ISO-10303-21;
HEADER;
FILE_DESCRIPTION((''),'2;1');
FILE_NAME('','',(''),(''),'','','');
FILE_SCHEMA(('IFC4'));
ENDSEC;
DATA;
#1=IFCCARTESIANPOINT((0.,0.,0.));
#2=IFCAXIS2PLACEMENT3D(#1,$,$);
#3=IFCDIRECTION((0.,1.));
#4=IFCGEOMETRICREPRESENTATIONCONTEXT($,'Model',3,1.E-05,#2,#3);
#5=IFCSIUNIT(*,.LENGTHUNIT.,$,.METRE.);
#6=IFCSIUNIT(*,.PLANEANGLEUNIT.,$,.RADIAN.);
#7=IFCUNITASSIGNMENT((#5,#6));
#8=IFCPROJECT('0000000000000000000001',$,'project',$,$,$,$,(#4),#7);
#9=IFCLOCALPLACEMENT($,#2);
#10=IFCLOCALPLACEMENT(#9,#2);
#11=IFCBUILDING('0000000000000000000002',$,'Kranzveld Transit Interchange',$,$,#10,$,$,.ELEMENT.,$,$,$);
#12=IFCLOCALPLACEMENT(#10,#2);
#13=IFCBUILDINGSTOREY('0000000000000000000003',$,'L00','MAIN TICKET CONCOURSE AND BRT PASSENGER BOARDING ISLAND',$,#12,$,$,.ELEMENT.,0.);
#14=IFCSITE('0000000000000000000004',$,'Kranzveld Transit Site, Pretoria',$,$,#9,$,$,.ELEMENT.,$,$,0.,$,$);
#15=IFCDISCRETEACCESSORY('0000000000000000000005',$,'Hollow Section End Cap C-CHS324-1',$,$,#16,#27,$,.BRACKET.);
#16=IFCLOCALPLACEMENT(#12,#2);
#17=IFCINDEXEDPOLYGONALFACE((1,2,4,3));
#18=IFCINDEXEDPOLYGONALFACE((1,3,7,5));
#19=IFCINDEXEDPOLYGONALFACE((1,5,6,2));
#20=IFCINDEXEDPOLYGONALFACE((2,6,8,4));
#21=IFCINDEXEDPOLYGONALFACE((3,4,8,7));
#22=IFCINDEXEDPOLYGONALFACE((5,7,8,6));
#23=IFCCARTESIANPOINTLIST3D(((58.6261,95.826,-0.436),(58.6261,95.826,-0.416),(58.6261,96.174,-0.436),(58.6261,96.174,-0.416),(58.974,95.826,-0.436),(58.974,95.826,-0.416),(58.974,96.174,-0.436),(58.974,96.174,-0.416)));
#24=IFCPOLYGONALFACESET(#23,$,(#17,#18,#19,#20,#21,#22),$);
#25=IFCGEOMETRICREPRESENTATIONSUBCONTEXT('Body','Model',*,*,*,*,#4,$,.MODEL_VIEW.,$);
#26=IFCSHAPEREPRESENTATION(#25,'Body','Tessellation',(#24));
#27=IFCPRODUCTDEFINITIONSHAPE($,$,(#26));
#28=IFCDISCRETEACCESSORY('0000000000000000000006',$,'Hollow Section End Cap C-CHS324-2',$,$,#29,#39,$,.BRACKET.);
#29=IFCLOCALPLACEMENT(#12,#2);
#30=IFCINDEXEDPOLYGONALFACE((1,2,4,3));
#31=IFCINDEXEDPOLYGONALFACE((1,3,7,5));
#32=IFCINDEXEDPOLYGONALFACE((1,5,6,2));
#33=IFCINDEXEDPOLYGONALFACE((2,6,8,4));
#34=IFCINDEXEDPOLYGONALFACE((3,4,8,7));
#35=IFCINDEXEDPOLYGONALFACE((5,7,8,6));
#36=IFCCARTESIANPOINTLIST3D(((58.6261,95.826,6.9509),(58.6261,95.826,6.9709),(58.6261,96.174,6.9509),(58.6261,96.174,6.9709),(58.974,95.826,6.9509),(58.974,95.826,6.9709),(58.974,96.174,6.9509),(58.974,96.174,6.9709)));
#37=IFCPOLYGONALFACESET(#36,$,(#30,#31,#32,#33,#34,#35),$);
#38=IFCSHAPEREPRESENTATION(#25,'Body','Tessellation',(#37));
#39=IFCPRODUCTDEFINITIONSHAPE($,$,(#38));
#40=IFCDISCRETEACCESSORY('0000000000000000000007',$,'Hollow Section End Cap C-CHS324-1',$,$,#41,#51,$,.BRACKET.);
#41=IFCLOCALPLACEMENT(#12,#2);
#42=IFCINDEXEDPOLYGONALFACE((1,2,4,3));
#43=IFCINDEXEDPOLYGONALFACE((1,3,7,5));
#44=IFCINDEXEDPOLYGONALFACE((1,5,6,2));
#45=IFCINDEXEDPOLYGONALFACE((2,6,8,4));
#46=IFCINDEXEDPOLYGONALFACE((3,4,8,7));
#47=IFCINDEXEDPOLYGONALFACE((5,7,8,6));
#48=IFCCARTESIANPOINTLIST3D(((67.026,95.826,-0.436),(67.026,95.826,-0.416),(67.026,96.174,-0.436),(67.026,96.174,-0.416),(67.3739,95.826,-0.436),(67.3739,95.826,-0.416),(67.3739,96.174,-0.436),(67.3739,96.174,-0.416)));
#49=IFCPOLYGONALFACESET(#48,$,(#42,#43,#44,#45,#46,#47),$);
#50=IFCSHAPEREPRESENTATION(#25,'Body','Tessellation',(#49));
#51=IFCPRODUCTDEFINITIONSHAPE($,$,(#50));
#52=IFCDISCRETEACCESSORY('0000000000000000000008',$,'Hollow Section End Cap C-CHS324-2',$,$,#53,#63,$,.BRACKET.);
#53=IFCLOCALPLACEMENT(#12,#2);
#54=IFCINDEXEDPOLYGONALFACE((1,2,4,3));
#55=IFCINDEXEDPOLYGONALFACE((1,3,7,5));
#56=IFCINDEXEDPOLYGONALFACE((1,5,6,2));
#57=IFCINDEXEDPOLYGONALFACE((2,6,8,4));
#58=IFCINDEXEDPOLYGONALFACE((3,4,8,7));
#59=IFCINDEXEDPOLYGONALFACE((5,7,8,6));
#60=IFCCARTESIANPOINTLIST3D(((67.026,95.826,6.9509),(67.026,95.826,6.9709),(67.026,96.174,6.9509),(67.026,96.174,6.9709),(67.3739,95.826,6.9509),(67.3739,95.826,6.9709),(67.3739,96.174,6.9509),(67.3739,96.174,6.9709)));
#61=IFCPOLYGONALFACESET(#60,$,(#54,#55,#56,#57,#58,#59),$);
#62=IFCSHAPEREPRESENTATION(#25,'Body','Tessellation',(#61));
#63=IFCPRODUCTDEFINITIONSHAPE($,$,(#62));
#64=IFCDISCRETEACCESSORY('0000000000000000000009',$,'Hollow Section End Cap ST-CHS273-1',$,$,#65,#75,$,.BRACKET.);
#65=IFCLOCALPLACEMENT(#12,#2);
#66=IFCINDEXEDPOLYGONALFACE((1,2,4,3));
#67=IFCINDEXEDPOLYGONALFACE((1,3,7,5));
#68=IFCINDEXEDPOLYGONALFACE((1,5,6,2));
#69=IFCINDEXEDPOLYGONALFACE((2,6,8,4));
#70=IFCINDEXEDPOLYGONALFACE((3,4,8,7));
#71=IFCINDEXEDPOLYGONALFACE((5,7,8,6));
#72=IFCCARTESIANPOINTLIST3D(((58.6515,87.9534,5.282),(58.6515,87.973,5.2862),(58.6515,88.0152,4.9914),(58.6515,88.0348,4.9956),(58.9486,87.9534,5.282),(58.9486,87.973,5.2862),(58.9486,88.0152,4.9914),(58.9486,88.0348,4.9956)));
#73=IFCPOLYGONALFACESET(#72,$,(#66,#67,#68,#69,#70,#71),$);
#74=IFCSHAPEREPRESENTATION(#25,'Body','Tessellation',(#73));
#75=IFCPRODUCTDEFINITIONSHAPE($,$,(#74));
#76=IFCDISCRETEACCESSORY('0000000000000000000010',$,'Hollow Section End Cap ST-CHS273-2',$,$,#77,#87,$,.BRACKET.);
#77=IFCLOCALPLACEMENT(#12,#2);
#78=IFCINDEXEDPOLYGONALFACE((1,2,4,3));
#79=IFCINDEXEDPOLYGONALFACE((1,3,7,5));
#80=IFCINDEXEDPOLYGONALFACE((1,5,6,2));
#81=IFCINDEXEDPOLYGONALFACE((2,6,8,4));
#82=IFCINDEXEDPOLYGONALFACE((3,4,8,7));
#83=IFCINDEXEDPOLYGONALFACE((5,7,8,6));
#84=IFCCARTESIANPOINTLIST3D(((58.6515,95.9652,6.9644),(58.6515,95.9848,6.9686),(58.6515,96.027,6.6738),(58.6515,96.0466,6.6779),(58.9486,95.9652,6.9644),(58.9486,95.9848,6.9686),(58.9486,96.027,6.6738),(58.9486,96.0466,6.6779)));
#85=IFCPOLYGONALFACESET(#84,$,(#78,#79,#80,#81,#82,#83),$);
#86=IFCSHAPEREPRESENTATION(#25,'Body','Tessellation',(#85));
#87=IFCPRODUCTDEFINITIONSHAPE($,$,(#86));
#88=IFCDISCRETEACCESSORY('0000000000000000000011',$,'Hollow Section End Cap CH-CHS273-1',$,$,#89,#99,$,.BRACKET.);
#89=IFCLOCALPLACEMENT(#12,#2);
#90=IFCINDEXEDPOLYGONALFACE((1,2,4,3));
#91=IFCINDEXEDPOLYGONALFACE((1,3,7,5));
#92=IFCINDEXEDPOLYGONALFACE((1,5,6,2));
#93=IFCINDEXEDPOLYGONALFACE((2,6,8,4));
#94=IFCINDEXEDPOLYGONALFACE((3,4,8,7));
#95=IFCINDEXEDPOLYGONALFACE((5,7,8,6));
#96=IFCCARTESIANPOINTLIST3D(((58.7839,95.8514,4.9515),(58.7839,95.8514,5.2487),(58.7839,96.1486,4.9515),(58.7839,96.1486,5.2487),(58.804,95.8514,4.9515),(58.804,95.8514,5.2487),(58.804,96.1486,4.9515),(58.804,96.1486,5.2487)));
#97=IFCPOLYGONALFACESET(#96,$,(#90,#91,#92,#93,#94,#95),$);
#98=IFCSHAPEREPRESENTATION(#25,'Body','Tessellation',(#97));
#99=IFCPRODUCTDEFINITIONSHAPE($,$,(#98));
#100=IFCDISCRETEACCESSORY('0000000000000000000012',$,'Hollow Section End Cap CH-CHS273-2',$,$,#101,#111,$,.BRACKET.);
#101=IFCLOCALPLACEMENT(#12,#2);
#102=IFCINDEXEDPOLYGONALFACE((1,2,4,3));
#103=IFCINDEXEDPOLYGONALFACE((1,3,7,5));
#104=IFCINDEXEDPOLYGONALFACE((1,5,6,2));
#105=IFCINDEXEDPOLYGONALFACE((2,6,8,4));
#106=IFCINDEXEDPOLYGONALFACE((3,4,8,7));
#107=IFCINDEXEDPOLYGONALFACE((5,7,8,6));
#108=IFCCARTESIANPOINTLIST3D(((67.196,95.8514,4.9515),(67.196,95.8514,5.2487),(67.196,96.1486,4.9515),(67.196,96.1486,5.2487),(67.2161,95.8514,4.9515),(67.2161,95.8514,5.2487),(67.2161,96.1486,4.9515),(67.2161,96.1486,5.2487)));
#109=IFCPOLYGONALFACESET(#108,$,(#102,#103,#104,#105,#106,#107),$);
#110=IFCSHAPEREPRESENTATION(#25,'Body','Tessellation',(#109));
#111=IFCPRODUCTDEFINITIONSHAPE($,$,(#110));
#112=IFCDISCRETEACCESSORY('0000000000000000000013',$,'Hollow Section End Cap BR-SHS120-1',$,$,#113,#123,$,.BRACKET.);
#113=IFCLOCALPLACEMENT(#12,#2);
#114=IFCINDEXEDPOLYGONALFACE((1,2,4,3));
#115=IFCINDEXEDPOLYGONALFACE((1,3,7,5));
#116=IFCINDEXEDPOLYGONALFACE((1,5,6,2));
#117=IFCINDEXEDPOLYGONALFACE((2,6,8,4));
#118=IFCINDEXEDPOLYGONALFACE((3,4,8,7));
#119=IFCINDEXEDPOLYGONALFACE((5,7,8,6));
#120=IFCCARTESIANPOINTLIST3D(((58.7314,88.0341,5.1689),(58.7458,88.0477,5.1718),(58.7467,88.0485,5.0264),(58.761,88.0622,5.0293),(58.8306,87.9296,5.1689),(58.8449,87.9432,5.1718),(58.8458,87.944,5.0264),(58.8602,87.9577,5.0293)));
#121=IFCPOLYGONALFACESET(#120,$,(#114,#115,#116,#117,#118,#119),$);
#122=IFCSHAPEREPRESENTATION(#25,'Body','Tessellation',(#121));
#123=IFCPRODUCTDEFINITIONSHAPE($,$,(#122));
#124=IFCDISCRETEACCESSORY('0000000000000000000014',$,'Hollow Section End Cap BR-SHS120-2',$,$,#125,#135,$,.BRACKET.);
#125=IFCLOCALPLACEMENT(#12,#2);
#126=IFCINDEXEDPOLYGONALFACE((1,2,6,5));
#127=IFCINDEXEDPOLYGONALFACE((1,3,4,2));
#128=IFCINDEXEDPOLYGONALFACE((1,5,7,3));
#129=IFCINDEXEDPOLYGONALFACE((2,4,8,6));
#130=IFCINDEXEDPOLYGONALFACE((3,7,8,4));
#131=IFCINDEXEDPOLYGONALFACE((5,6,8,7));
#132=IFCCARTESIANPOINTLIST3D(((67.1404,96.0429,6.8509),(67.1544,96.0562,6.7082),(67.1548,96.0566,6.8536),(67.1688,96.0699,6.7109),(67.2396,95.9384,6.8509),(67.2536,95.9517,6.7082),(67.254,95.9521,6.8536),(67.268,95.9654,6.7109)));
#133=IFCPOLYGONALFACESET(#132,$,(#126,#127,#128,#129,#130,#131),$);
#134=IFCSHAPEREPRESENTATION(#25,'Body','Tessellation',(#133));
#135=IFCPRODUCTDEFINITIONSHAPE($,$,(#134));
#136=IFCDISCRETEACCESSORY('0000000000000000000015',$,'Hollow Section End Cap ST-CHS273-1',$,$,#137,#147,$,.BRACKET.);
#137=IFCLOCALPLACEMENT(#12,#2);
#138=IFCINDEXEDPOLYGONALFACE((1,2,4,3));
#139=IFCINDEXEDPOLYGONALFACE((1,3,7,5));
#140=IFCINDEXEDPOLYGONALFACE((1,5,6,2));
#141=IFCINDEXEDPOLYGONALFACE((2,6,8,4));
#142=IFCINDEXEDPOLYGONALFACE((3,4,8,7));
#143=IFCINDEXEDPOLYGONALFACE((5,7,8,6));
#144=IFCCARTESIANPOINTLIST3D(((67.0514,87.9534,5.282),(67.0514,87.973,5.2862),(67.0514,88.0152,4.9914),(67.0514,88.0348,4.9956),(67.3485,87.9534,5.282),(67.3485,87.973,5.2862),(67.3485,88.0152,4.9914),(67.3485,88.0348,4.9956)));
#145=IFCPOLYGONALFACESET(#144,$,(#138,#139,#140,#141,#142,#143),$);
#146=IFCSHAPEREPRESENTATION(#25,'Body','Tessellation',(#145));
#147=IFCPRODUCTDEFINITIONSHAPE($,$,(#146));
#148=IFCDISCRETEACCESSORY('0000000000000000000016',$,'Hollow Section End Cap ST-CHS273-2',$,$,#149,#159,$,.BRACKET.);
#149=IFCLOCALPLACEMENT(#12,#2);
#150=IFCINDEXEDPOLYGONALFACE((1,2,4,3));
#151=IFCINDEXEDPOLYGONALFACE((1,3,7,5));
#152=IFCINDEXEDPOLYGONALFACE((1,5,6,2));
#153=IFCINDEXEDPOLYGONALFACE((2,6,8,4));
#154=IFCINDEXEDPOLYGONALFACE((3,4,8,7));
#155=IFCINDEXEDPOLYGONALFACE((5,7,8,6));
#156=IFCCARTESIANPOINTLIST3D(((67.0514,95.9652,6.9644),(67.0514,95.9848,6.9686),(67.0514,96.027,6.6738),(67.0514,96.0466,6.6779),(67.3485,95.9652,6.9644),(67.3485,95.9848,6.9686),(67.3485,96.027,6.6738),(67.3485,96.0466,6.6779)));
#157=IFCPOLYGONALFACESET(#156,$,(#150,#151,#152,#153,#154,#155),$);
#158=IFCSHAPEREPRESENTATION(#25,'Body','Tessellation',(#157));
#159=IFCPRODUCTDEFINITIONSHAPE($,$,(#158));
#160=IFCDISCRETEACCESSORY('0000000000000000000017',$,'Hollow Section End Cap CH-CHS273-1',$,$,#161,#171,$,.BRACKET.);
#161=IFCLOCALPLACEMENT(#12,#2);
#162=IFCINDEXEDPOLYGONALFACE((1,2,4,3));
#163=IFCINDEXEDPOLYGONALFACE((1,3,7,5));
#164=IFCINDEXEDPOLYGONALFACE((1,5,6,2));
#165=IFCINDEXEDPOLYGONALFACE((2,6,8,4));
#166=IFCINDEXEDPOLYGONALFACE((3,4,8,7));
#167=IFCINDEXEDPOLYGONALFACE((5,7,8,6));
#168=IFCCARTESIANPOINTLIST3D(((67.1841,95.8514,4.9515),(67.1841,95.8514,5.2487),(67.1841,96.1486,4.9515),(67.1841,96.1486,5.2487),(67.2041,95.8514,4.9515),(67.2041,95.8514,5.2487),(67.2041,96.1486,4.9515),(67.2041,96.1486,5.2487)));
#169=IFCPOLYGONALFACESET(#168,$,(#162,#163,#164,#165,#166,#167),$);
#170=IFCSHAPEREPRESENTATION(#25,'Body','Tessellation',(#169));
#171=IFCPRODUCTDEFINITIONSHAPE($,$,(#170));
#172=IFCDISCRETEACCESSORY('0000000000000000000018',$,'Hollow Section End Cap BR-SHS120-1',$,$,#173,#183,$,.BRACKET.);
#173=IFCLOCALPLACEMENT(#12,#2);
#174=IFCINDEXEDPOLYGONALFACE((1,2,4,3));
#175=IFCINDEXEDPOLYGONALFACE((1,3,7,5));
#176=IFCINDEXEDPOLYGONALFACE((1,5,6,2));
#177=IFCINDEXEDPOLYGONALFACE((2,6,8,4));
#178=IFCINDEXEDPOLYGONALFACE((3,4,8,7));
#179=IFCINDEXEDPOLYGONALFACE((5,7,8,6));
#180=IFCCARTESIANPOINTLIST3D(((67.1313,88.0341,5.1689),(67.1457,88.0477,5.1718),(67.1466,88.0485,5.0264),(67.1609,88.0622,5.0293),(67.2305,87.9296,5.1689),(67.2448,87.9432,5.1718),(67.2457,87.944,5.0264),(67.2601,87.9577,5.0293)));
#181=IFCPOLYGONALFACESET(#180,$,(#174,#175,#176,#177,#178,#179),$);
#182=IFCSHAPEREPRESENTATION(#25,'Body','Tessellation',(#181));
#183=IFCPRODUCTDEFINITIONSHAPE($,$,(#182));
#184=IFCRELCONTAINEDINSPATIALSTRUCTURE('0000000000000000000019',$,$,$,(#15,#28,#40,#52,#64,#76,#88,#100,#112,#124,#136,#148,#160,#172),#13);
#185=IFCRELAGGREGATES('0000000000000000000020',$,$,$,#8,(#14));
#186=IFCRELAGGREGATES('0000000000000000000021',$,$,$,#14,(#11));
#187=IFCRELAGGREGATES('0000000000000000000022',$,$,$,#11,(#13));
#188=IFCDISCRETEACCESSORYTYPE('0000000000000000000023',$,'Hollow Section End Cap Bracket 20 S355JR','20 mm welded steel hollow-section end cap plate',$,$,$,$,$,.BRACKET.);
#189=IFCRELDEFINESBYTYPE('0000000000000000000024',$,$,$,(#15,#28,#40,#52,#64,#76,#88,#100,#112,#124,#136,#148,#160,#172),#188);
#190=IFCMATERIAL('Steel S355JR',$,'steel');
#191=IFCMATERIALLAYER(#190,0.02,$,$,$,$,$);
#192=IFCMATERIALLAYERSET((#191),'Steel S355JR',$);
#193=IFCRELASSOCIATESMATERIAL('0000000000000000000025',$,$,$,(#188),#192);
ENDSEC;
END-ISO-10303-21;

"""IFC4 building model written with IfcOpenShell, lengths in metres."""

from ifc_helpers import new_model, si_unit, direction, frame, origin, origin_2d, place, context, subcontext, project, spatial, rectangle, extrude, material, layer, layer_set, type_object, element, save


model = new_model("IFC4")

# Units and contexts
model_context = context("Model", 3, precision=1e-05, world=origin(), true_north=direction((0.0, 1.0)))
body_context = subcontext(model_context, "Body", "Model", "MODEL_VIEW")
ifc_project = project(units=[si_unit("LENGTHUNIT", "METRE"), si_unit("PLANEANGLEUNIT", "RADIAN")], contexts=[model_context])

# Site, building, storey
site_placement = place(None, origin())
site = spatial("IfcSite", under=ifc_project, at=site_placement, Name="Kranzveld Transit Site, Pretoria", CompositionType="ELEMENT", RefElevation=0.0)
building_placement = place(site_placement, origin())
building = spatial("IfcBuilding", under=site, at=building_placement, Name="Kranzveld Transit Interchange", CompositionType="ELEMENT")
storey_placement = place(building_placement, origin())
storey = spatial("IfcBuildingStorey", under=building, at=storey_placement, Name="L00", Description="MAIN TICKET CONCOURSE AND BRT PASSENGER BOARDING ISLAND", CompositionType="ELEMENT", Elevation=0.0)

# Discrete accessories
ifc_material_1 = material(Name="Steel S355JR", Category="steel")
ifc_layer_1 = layer(ifc_material_1, 0.02)
ifc_layer_set_1 = layer_set([ifc_layer_1], Name="Steel S355JR")
discrete_accessory_type = type_object("IfcDiscreteAccessoryType", Name="Hollow Section End Cap Bracket 20 S355JR", Description="20 mm welded steel hollow-section end cap plate", PredefinedType="BRACKET", material=ifc_layer_set_1)
for number, where, z_axis, x_axis, name in (
    (1, (58.8, 96.0, -0.416), (0.0, 0.0, -1.0), (1.0, 0.0, 0.0), "Hollow Section End Cap C-CHS324-1"),
    (2, (58.8, 96.0, 6.9509), (0.0, 0.0, 1.0), (1.0, 0.0, 0.0), "Hollow Section End Cap C-CHS324-2"),
    (3, (67.2, 96.0, -0.416), (0.0, 0.0, -1.0), (1.0, 0.0, 0.0), "Hollow Section End Cap C-CHS324-1"),
    (4, (67.2, 96.0, 6.9509), (0.0, 0.0, 1.0), (1.0, 0.0, 0.0), "Hollow Section End Cap C-CHS324-2"),
):
    element("IfcDiscreteAccessory", number, at=place(storey_placement, frame(where, z_axis=z_axis, x_axis=x_axis)), inside=storey, type_object=discrete_accessory_type, Name=name, PredefinedType="BRACKET", context=body_context, shape_type="SweptSolid", body=[
        extrude(rectangle(XDim=0.3479, YDim=0.3479, at=origin_2d()), origin(), (0.0, 0.0, 1.0), 0.02),
    ])
for number, where, z_axis, x_axis, name in (
    (5, (58.8, 88.0039, 5.1409), (0.0, -0.978159, -0.207859), (1.0, 0.0, 0.0), "Hollow Section End Cap ST-CHS273-1"),
    (6, (58.8, 95.9961, 6.8191), (0.0, 0.978159, 0.207859), (-1.0, 0.0, 0.0), "Hollow Section End Cap ST-CHS273-2"),
    (7, (58.804, 96.0, 5.1001), (-1.0, 0.0, 0.0), (0.0, -1.0, 0.0), "Hollow Section End Cap CH-CHS273-1"),
    (8, (67.196, 96.0, 5.1001), (1.0, 0.0, 0.0), (0.0, 1.0, 0.0), "Hollow Section End Cap CH-CHS273-2"),
):
    element("IfcDiscreteAccessory", number, at=place(storey_placement, frame(where, z_axis=z_axis, x_axis=x_axis)), inside=storey, type_object=discrete_accessory_type, Name=name, PredefinedType="BRACKET", context=body_context, shape_type="SweptSolid", body=[
        extrude(rectangle(XDim=0.2971, YDim=0.2971, at=origin_2d()), origin(), (0.0, 0.0, 1.0), 0.02),
    ])
for number, where, z_axis, x_axis, name in (
    (9, (58.803, 88.0027, 5.1006), (-0.717541, -0.681056, -0.14594), (0.688426, -0.725306, 0.0), "Hollow Section End Cap BR-SHS120-1"),
    (10, (67.197, 95.9973, 6.7795), (0.718764, 0.682217, 0.134007), (-0.688426, 0.725306, 0.0), "Hollow Section End Cap BR-SHS120-2"),
):
    element("IfcDiscreteAccessory", number, at=place(storey_placement, frame(where, z_axis=z_axis, x_axis=x_axis)), inside=storey, type_object=discrete_accessory_type, Name=name, PredefinedType="BRACKET", context=body_context, shape_type="SweptSolid", body=[
        extrude(rectangle(XDim=0.144, YDim=0.144, at=origin_2d()), origin(), (0.0, 0.0, 1.0), 0.02),
    ])
for number, where, z_axis, x_axis, name in (
    (11, (67.2, 88.0039, 5.1409), (0.0, -0.978159, -0.207859), (1.0, 0.0, 0.0), "Hollow Section End Cap ST-CHS273-1"),
    (12, (67.2, 95.9961, 6.8191), (0.0, 0.978159, 0.207859), (-1.0, 0.0, 0.0), "Hollow Section End Cap ST-CHS273-2"),
    (13, (67.2041, 96.0, 5.1001), (-1.0, 0.0, 0.0), (0.0, -1.0, 0.0), "Hollow Section End Cap CH-CHS273-1"),
):
    element("IfcDiscreteAccessory", number, at=place(storey_placement, frame(where, z_axis=z_axis, x_axis=x_axis)), inside=storey, type_object=discrete_accessory_type, Name=name, PredefinedType="BRACKET", context=body_context, shape_type="SweptSolid", body=[
        extrude(rectangle(XDim=0.2971, YDim=0.2971, at=origin_2d()), origin(), (0.0, 0.0, 1.0), 0.02),
    ])
discrete_accessory_placement = place(storey_placement, frame((67.2029, 88.0027, 5.1006), z_axis=(-0.717541, -0.681056, -0.14594), x_axis=(0.688426, -0.725306, 0.0)))
element("IfcDiscreteAccessory", 14, at=discrete_accessory_placement, inside=storey, type_object=discrete_accessory_type, Name="Hollow Section End Cap BR-SHS120-1", PredefinedType="BRACKET", context=body_context, shape_type="SweptSolid", body=[
    extrude(rectangle(XDim=0.144, YDim=0.144, at=origin_2d()), origin(), (0.0, 0.0, 1.0), 0.02),
])

save(model, "model.ifc")
